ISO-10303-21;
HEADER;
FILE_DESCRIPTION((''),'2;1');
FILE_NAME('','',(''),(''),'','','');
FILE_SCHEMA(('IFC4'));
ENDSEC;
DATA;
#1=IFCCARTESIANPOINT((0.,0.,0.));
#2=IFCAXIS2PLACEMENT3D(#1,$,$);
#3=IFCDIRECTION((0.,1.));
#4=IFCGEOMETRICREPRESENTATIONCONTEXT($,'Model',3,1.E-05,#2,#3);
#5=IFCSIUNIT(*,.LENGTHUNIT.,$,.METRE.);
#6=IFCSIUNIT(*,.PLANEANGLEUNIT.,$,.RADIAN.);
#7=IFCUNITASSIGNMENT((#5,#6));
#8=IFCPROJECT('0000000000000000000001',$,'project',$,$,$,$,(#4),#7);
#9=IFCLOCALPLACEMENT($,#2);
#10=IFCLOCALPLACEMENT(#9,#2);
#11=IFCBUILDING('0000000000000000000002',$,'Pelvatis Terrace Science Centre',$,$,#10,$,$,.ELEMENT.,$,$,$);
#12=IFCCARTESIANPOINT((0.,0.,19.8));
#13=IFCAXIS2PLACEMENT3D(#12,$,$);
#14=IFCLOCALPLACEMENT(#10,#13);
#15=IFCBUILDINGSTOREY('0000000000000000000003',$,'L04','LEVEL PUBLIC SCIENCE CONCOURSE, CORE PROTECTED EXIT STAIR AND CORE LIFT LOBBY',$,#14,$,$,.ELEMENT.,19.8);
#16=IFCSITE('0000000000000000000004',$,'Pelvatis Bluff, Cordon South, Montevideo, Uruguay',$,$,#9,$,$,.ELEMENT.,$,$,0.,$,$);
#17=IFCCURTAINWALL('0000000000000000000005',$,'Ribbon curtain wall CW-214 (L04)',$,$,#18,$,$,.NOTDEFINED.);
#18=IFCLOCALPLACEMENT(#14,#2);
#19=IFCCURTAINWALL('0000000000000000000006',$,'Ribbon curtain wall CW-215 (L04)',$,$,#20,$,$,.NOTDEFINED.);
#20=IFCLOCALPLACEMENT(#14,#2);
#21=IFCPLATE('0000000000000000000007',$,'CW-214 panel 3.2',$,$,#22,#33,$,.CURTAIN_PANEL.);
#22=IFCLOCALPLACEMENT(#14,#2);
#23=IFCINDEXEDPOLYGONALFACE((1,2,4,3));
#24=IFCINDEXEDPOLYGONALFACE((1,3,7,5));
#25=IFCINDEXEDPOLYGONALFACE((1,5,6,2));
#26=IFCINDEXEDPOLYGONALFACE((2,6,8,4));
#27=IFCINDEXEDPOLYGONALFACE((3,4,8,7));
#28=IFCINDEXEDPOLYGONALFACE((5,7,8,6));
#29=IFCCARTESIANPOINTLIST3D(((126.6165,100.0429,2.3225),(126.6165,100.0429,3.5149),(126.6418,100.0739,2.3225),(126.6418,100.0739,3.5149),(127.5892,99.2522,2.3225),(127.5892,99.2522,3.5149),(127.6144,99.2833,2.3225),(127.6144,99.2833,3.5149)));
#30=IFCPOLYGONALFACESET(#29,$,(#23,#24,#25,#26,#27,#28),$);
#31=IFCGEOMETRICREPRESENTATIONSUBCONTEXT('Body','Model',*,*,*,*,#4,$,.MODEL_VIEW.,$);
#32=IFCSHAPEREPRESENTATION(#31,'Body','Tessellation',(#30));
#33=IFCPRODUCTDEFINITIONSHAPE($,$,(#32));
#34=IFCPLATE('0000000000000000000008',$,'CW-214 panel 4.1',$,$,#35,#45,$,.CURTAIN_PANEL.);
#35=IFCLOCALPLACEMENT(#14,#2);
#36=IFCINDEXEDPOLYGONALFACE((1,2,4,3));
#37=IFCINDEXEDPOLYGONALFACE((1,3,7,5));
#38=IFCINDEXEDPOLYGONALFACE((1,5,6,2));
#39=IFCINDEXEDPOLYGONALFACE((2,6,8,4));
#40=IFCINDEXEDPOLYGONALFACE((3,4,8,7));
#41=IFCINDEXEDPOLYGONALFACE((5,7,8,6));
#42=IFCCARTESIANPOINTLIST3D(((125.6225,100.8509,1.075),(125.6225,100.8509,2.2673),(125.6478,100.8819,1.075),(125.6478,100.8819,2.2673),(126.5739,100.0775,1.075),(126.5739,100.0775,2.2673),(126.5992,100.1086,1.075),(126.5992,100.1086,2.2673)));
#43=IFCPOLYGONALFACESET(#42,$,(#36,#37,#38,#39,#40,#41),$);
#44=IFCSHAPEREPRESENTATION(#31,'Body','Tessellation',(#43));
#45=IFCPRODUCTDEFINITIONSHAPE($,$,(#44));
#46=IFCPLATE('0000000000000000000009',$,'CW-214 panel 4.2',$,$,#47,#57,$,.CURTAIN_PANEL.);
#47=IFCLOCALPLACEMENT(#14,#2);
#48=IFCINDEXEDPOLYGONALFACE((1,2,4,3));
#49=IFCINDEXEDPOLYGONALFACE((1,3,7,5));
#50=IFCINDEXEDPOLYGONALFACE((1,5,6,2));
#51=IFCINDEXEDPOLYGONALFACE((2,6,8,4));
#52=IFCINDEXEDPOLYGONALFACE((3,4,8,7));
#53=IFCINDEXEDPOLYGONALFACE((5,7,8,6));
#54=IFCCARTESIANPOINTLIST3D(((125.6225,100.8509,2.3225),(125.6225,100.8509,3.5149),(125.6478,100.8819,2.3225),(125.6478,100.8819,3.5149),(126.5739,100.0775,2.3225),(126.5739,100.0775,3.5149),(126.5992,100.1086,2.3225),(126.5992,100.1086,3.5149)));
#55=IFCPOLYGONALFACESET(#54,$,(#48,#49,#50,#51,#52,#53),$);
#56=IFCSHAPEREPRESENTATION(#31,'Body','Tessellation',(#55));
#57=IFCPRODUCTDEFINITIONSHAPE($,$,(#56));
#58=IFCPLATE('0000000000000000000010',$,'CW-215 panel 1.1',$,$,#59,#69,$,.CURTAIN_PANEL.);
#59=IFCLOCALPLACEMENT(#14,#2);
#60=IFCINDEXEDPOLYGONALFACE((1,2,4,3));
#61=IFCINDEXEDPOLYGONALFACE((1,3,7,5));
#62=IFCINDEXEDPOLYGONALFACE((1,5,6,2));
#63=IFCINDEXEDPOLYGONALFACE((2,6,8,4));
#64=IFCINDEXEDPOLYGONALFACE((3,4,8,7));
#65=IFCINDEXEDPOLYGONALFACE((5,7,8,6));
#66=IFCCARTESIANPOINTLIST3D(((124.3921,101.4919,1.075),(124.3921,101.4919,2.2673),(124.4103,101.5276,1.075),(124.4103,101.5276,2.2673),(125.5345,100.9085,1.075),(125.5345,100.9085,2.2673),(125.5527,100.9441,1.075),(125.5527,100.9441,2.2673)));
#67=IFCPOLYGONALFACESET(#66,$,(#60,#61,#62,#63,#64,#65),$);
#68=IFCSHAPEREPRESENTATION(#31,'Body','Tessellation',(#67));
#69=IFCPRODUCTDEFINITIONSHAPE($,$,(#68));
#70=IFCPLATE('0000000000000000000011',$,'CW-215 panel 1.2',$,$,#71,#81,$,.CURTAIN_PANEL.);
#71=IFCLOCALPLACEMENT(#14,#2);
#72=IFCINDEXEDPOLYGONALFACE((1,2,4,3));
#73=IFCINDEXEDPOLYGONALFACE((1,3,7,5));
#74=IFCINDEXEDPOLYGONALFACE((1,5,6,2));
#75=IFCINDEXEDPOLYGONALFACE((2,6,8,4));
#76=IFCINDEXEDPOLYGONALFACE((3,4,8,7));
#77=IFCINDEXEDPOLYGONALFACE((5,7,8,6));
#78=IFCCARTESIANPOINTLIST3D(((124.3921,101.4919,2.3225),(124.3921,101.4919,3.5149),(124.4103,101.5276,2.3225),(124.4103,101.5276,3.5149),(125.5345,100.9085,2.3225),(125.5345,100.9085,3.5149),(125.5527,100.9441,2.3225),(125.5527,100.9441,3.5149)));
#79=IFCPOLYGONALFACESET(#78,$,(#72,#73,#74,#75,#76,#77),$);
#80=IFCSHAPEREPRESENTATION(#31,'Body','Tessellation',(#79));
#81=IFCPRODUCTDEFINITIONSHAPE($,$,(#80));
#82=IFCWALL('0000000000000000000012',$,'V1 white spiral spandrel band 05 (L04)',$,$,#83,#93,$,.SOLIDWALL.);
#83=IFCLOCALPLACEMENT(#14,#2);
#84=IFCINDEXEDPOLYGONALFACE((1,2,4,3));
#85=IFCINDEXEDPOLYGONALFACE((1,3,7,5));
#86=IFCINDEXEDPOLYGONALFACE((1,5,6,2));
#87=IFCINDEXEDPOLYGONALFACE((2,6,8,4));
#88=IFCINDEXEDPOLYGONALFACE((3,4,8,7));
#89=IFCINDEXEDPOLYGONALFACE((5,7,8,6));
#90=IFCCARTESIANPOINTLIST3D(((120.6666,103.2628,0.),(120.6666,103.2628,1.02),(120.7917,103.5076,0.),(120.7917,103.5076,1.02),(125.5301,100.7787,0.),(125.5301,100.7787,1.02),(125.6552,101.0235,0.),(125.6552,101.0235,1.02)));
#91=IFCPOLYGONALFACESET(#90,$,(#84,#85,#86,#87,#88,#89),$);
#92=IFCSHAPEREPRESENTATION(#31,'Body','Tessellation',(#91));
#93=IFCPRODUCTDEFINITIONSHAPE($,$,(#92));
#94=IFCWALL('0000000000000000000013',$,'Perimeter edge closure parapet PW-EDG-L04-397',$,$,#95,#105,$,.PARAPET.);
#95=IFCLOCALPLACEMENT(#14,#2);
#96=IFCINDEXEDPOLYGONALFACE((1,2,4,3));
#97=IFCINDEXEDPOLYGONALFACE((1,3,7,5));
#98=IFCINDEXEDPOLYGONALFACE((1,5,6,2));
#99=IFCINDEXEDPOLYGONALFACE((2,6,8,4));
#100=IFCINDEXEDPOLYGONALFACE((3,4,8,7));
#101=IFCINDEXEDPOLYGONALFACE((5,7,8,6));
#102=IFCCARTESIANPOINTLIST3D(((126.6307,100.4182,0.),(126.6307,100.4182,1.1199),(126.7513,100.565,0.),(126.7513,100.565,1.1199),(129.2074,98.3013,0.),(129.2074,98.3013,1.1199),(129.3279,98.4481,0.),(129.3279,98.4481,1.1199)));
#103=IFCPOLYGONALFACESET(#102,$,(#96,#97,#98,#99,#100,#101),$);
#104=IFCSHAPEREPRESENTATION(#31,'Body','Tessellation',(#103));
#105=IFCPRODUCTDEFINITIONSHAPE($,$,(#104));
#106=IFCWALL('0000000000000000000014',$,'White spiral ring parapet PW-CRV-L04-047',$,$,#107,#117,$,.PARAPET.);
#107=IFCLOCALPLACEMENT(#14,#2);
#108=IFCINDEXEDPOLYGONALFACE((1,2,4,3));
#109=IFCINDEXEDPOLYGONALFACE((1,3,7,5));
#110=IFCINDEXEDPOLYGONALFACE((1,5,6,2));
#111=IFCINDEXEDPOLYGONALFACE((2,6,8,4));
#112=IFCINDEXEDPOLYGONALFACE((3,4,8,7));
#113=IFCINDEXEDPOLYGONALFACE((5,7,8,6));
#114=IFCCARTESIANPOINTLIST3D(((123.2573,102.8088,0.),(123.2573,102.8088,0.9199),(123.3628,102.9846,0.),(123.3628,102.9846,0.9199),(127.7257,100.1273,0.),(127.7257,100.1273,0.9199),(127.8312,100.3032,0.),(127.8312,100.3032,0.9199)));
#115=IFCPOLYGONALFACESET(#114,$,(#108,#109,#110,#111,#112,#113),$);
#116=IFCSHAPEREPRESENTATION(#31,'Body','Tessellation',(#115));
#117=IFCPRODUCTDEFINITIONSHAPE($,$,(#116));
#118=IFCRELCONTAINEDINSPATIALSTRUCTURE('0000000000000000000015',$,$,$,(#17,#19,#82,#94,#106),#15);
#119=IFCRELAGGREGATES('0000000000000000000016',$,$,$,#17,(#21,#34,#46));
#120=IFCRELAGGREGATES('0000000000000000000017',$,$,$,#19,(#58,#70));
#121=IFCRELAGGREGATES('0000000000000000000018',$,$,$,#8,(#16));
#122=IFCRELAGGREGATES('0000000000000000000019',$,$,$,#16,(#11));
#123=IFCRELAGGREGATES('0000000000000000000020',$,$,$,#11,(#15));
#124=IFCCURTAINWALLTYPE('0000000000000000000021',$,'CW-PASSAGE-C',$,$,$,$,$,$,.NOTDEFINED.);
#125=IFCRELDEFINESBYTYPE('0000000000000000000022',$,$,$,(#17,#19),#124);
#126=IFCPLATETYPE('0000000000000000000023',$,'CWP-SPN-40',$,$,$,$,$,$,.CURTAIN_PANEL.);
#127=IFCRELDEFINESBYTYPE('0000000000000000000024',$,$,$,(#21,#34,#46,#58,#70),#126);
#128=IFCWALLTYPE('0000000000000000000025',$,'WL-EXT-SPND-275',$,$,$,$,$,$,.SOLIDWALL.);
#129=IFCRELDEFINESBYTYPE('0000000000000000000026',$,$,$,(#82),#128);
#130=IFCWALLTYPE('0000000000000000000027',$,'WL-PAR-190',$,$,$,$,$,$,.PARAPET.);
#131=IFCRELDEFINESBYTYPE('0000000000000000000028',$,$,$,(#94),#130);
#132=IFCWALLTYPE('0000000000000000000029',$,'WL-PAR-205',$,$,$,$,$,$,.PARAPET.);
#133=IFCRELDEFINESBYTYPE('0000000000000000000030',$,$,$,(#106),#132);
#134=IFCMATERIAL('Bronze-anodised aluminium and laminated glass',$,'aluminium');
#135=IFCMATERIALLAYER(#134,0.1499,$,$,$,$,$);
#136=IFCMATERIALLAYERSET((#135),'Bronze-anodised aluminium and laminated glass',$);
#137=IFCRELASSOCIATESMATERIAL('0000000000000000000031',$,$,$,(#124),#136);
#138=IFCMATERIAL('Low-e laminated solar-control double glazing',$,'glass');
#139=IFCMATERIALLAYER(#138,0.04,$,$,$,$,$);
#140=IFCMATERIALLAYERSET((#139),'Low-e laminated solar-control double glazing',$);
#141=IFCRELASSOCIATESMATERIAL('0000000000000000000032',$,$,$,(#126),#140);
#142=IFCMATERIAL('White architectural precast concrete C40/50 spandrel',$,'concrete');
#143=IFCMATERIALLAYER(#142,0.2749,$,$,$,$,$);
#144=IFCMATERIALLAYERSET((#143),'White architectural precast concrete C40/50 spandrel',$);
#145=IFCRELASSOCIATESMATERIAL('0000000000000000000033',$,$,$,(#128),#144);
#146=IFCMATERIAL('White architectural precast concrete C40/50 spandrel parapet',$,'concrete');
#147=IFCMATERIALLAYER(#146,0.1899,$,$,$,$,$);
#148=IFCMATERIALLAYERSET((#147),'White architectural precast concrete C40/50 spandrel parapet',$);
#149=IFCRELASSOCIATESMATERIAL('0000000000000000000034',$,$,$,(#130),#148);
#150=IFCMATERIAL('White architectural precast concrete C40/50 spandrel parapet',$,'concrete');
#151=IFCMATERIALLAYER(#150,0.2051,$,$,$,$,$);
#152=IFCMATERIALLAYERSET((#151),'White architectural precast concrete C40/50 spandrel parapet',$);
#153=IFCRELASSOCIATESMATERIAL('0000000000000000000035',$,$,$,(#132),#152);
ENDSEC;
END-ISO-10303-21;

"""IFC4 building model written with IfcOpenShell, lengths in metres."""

from ifc_helpers import new_model, si_unit, direction, frame, frame_2d, origin, origin_2d, place, context, subcontext, project, spatial, rectangle, extrude, material, layer, layer_set, type_object, element, aggregate, save


model = new_model("IFC4")

# Units and contexts
model_context = context("Model", 3, precision=1e-05, world=origin(), true_north=direction((0.0, 1.0)))
body_context = subcontext(model_context, "Body", "Model", "MODEL_VIEW")
ifc_project = project(units=[si_unit("LENGTHUNIT", "METRE"), si_unit("PLANEANGLEUNIT", "RADIAN")], contexts=[model_context])

# Site, building, storey
site_placement = place(None, origin())
site = spatial("IfcSite", under=ifc_project, at=site_placement, Name="Pelvatis Bluff, Cordon South, Montevideo, Uruguay", CompositionType="ELEMENT", RefElevation=0.0)
building_placement = place(site_placement, origin())
building = spatial("IfcBuilding", under=site, at=building_placement, Name="Pelvatis Terrace Science Centre", CompositionType="ELEMENT")
storey_placement = place(building_placement, frame((0.0, 0.0, 19.8)))
storey = spatial("IfcBuildingStorey", under=building, at=storey_placement, Name="L04", Description="LEVEL PUBLIC SCIENCE CONCOURSE, CORE PROTECTED EXIT STAIR AND CORE LIFT LOBBY", CompositionType="ELEMENT", Elevation=19.8)

# Curtain walls
ifc_material_1 = material(Name="Bronze-anodised aluminium and laminated glass", Category="aluminium")
ifc_layer_1 = layer(ifc_material_1, 0.1499)
ifc_layer_set_1 = layer_set([ifc_layer_1], Name="Bronze-anodised aluminium and laminated glass")
curtain_wall_type = type_object("IfcCurtainWallType", Name="CW-PASSAGE-C", PredefinedType="NOTDEFINED", material=ifc_layer_set_1)
curtain_wall_1_placement = place(storey_placement, origin())
curtain_wall_1 = element("IfcCurtainWall", 1, at=curtain_wall_1_placement, inside=storey, type_object=curtain_wall_type, Name="Ribbon curtain wall CW-214 (L04)", PredefinedType="NOTDEFINED")
curtain_wall_2_placement = place(storey_placement, origin())
curtain_wall_2 = element("IfcCurtainWall", 2, at=curtain_wall_2_placement, inside=storey, type_object=curtain_wall_type, Name="Ribbon curtain wall CW-215 (L04)", PredefinedType="NOTDEFINED")

# Plates
ifc_material_2 = material(Name="Low-e laminated solar-control double glazing", Category="glass")
ifc_layer_2 = layer(ifc_material_2, 0.04)
ifc_layer_set_2 = layer_set([ifc_layer_2], Name="Low-e laminated solar-control double glazing")
plate_type = type_object("IfcPlateType", Name="CWP-SPN-40", PredefinedType="CURTAIN_PANEL", material=ifc_layer_set_2)
plate_1_placement = place(storey_placement, frame((127.1155, 99.6631, 2.3225), z_axis=(0.0, 0.0, 1.0), x_axis=(-0.77598, 0.630757, 0.0)))
plate_1 = element("IfcPlate", 3, at=plate_1_placement, type_object=plate_type, Name="CW-214 panel 3.2", PredefinedType="CURTAIN_PANEL", context=body_context, shape_type="SweptSolid", body=[
    extrude(rectangle(XDim=1.2534, YDim=0.04, at=origin_2d()), origin(), (0.0, 0.0, 1.0), 1.1924),
])
plate_2_placement = place(storey_placement, frame((126.1108, 100.4797, 1.075), z_axis=(0.0, 0.0, 1.0), x_axis=(-0.77598, 0.630757, 0.0)))
plate_2 = element("IfcPlate", 4, at=plate_2_placement, type_object=plate_type, Name="CW-214 panel 4.1", PredefinedType="CURTAIN_PANEL", context=body_context, shape_type="SweptSolid", body=[
    extrude(rectangle(XDim=1.2261, YDim=0.04, at=origin_2d()), origin(), (0.0, 0.0, 1.0), 1.1924),
])
plate_3_placement = place(storey_placement, frame((126.1108, 100.4797, 2.3225), z_axis=(0.0, 0.0, 1.0), x_axis=(-0.77598, 0.630757, 0.0)))
plate_3 = element("IfcPlate", 5, at=plate_3_placement, type_object=plate_type, Name="CW-214 panel 4.2", PredefinedType="CURTAIN_PANEL", context=body_context, shape_type="SweptSolid", body=[
    extrude(rectangle(XDim=1.2261, YDim=0.04, at=origin_2d()), origin(), (0.0, 0.0, 1.0), 1.1924),
])
aggregate(curtain_wall_1, [plate_1, plate_2, plate_3])
plate_4_placement = place(storey_placement, frame((124.9724, 101.218, 1.075), z_axis=(0.0, 0.0, 1.0), x_axis=(-0.890564, 0.454859, 0.0)))
plate_4 = element("IfcPlate", 6, at=plate_4_placement, type_object=plate_type, Name="CW-215 panel 1.1", PredefinedType="CURTAIN_PANEL", context=body_context, shape_type="SweptSolid", body=[
    extrude(rectangle(XDim=1.2827, YDim=0.04, at=origin_2d()), origin(), (0.0, 0.0, 1.0), 1.1924),
])
plate_5_placement = place(storey_placement, frame((124.9724, 101.218, 2.3225), z_axis=(0.0, 0.0, 1.0), x_axis=(-0.890564, 0.454859, 0.0)))
plate_5 = element("IfcPlate", 7, at=plate_5_placement, type_object=plate_type, Name="CW-215 panel 1.2", PredefinedType="CURTAIN_PANEL", context=body_context, shape_type="SweptSolid", body=[
    extrude(rectangle(XDim=1.2827, YDim=0.04, at=origin_2d()), origin(), (0.0, 0.0, 1.0), 1.1924),
])
aggregate(curtain_wall_2, [plate_4, plate_5])

# Walls
ifc_material_3 = material(Name="White architectural precast concrete C40/50 spandrel", Category="concrete")
ifc_layer_3 = layer(ifc_material_3, 0.2749)
ifc_layer_set_3 = layer_set([ifc_layer_3], Name="White architectural precast concrete C40/50 spandrel")
wall_type_1 = type_object("IfcWallType", Name="WL-EXT-SPND-275", PredefinedType="SOLIDWALL", material=ifc_layer_set_3)
wall_1_placement = place(storey_placement, frame((125.5925, 100.9011, 0.0), z_axis=(0.0, 0.0, 1.0), x_axis=(-0.890559, 0.454868, 0.0)))
element("IfcWall", 8, at=wall_1_placement, inside=storey, type_object=wall_type_1, Name="V1 white spiral spandrel band 05 (L04)", PredefinedType="SOLIDWALL", context=body_context, shape_type="SweptSolid", body=[
    extrude(rectangle(XDim=5.4612, YDim=0.2749, at=frame_2d((2.7305, 0.0))), origin(), (0.0, 0.0, 1.0), 1.02),
])
ifc_material_4 = material(Name="White architectural precast concrete C40/50 spandrel parapet", Category="concrete")
ifc_layer_4 = layer(ifc_material_4, 0.1899)
ifc_layer_set_4 = layer_set([ifc_layer_4], Name="White architectural precast concrete C40/50 spandrel parapet")
wall_type_2 = type_object("IfcWallType", Name="WL-PAR-190", PredefinedType="PARAPET", material=ifc_layer_set_4)
wall_2_placement = place(storey_placement, frame((126.6909, 100.4917, 0.0), z_axis=(0.0, 0.0, 1.0), x_axis=(0.772667, -0.634811, 0.0)))
element("IfcWall", 9, at=wall_2_placement, inside=storey, type_object=wall_type_2, Name="Perimeter edge closure parapet PW-EDG-L04-397", PredefinedType="PARAPET", context=body_context, shape_type="SweptSolid", body=[
    extrude(rectangle(XDim=3.3347, YDim=0.1899, at=frame_2d((1.6675, 0.0))), origin(), (0.0, 0.0, 1.0), 1.1199),
])
ifc_material_5 = material(Name="White architectural precast concrete C40/50 spandrel parapet", Category="concrete")
ifc_layer_5 = layer(ifc_material_5, 0.2051)
ifc_layer_set_5 = layer_set([ifc_layer_5], Name="White architectural precast concrete C40/50 spandrel parapet")
wall_type_3 = type_object("IfcWallType", Name="WL-PAR-205", PredefinedType="PARAPET", material=ifc_layer_set_5)
wall_3_placement = place(storey_placement, frame((127.7783, 100.2153, 0.0), z_axis=(0.0, 0.0, 1.0), x_axis=(-0.857456, 0.514558, 0.0)))
element("IfcWall", 10, at=wall_3_placement, inside=storey, type_object=wall_type_3, Name="White spiral ring parapet PW-CRV-L04-047", PredefinedType="PARAPET", context=body_context, shape_type="SweptSolid", body=[
    extrude(rectangle(XDim=5.2112, YDim=0.2051, at=frame_2d((2.6055, 0.0))), origin(), (0.0, 0.0, 1.0), 0.9199),
])

save(model, "model.ifc")
